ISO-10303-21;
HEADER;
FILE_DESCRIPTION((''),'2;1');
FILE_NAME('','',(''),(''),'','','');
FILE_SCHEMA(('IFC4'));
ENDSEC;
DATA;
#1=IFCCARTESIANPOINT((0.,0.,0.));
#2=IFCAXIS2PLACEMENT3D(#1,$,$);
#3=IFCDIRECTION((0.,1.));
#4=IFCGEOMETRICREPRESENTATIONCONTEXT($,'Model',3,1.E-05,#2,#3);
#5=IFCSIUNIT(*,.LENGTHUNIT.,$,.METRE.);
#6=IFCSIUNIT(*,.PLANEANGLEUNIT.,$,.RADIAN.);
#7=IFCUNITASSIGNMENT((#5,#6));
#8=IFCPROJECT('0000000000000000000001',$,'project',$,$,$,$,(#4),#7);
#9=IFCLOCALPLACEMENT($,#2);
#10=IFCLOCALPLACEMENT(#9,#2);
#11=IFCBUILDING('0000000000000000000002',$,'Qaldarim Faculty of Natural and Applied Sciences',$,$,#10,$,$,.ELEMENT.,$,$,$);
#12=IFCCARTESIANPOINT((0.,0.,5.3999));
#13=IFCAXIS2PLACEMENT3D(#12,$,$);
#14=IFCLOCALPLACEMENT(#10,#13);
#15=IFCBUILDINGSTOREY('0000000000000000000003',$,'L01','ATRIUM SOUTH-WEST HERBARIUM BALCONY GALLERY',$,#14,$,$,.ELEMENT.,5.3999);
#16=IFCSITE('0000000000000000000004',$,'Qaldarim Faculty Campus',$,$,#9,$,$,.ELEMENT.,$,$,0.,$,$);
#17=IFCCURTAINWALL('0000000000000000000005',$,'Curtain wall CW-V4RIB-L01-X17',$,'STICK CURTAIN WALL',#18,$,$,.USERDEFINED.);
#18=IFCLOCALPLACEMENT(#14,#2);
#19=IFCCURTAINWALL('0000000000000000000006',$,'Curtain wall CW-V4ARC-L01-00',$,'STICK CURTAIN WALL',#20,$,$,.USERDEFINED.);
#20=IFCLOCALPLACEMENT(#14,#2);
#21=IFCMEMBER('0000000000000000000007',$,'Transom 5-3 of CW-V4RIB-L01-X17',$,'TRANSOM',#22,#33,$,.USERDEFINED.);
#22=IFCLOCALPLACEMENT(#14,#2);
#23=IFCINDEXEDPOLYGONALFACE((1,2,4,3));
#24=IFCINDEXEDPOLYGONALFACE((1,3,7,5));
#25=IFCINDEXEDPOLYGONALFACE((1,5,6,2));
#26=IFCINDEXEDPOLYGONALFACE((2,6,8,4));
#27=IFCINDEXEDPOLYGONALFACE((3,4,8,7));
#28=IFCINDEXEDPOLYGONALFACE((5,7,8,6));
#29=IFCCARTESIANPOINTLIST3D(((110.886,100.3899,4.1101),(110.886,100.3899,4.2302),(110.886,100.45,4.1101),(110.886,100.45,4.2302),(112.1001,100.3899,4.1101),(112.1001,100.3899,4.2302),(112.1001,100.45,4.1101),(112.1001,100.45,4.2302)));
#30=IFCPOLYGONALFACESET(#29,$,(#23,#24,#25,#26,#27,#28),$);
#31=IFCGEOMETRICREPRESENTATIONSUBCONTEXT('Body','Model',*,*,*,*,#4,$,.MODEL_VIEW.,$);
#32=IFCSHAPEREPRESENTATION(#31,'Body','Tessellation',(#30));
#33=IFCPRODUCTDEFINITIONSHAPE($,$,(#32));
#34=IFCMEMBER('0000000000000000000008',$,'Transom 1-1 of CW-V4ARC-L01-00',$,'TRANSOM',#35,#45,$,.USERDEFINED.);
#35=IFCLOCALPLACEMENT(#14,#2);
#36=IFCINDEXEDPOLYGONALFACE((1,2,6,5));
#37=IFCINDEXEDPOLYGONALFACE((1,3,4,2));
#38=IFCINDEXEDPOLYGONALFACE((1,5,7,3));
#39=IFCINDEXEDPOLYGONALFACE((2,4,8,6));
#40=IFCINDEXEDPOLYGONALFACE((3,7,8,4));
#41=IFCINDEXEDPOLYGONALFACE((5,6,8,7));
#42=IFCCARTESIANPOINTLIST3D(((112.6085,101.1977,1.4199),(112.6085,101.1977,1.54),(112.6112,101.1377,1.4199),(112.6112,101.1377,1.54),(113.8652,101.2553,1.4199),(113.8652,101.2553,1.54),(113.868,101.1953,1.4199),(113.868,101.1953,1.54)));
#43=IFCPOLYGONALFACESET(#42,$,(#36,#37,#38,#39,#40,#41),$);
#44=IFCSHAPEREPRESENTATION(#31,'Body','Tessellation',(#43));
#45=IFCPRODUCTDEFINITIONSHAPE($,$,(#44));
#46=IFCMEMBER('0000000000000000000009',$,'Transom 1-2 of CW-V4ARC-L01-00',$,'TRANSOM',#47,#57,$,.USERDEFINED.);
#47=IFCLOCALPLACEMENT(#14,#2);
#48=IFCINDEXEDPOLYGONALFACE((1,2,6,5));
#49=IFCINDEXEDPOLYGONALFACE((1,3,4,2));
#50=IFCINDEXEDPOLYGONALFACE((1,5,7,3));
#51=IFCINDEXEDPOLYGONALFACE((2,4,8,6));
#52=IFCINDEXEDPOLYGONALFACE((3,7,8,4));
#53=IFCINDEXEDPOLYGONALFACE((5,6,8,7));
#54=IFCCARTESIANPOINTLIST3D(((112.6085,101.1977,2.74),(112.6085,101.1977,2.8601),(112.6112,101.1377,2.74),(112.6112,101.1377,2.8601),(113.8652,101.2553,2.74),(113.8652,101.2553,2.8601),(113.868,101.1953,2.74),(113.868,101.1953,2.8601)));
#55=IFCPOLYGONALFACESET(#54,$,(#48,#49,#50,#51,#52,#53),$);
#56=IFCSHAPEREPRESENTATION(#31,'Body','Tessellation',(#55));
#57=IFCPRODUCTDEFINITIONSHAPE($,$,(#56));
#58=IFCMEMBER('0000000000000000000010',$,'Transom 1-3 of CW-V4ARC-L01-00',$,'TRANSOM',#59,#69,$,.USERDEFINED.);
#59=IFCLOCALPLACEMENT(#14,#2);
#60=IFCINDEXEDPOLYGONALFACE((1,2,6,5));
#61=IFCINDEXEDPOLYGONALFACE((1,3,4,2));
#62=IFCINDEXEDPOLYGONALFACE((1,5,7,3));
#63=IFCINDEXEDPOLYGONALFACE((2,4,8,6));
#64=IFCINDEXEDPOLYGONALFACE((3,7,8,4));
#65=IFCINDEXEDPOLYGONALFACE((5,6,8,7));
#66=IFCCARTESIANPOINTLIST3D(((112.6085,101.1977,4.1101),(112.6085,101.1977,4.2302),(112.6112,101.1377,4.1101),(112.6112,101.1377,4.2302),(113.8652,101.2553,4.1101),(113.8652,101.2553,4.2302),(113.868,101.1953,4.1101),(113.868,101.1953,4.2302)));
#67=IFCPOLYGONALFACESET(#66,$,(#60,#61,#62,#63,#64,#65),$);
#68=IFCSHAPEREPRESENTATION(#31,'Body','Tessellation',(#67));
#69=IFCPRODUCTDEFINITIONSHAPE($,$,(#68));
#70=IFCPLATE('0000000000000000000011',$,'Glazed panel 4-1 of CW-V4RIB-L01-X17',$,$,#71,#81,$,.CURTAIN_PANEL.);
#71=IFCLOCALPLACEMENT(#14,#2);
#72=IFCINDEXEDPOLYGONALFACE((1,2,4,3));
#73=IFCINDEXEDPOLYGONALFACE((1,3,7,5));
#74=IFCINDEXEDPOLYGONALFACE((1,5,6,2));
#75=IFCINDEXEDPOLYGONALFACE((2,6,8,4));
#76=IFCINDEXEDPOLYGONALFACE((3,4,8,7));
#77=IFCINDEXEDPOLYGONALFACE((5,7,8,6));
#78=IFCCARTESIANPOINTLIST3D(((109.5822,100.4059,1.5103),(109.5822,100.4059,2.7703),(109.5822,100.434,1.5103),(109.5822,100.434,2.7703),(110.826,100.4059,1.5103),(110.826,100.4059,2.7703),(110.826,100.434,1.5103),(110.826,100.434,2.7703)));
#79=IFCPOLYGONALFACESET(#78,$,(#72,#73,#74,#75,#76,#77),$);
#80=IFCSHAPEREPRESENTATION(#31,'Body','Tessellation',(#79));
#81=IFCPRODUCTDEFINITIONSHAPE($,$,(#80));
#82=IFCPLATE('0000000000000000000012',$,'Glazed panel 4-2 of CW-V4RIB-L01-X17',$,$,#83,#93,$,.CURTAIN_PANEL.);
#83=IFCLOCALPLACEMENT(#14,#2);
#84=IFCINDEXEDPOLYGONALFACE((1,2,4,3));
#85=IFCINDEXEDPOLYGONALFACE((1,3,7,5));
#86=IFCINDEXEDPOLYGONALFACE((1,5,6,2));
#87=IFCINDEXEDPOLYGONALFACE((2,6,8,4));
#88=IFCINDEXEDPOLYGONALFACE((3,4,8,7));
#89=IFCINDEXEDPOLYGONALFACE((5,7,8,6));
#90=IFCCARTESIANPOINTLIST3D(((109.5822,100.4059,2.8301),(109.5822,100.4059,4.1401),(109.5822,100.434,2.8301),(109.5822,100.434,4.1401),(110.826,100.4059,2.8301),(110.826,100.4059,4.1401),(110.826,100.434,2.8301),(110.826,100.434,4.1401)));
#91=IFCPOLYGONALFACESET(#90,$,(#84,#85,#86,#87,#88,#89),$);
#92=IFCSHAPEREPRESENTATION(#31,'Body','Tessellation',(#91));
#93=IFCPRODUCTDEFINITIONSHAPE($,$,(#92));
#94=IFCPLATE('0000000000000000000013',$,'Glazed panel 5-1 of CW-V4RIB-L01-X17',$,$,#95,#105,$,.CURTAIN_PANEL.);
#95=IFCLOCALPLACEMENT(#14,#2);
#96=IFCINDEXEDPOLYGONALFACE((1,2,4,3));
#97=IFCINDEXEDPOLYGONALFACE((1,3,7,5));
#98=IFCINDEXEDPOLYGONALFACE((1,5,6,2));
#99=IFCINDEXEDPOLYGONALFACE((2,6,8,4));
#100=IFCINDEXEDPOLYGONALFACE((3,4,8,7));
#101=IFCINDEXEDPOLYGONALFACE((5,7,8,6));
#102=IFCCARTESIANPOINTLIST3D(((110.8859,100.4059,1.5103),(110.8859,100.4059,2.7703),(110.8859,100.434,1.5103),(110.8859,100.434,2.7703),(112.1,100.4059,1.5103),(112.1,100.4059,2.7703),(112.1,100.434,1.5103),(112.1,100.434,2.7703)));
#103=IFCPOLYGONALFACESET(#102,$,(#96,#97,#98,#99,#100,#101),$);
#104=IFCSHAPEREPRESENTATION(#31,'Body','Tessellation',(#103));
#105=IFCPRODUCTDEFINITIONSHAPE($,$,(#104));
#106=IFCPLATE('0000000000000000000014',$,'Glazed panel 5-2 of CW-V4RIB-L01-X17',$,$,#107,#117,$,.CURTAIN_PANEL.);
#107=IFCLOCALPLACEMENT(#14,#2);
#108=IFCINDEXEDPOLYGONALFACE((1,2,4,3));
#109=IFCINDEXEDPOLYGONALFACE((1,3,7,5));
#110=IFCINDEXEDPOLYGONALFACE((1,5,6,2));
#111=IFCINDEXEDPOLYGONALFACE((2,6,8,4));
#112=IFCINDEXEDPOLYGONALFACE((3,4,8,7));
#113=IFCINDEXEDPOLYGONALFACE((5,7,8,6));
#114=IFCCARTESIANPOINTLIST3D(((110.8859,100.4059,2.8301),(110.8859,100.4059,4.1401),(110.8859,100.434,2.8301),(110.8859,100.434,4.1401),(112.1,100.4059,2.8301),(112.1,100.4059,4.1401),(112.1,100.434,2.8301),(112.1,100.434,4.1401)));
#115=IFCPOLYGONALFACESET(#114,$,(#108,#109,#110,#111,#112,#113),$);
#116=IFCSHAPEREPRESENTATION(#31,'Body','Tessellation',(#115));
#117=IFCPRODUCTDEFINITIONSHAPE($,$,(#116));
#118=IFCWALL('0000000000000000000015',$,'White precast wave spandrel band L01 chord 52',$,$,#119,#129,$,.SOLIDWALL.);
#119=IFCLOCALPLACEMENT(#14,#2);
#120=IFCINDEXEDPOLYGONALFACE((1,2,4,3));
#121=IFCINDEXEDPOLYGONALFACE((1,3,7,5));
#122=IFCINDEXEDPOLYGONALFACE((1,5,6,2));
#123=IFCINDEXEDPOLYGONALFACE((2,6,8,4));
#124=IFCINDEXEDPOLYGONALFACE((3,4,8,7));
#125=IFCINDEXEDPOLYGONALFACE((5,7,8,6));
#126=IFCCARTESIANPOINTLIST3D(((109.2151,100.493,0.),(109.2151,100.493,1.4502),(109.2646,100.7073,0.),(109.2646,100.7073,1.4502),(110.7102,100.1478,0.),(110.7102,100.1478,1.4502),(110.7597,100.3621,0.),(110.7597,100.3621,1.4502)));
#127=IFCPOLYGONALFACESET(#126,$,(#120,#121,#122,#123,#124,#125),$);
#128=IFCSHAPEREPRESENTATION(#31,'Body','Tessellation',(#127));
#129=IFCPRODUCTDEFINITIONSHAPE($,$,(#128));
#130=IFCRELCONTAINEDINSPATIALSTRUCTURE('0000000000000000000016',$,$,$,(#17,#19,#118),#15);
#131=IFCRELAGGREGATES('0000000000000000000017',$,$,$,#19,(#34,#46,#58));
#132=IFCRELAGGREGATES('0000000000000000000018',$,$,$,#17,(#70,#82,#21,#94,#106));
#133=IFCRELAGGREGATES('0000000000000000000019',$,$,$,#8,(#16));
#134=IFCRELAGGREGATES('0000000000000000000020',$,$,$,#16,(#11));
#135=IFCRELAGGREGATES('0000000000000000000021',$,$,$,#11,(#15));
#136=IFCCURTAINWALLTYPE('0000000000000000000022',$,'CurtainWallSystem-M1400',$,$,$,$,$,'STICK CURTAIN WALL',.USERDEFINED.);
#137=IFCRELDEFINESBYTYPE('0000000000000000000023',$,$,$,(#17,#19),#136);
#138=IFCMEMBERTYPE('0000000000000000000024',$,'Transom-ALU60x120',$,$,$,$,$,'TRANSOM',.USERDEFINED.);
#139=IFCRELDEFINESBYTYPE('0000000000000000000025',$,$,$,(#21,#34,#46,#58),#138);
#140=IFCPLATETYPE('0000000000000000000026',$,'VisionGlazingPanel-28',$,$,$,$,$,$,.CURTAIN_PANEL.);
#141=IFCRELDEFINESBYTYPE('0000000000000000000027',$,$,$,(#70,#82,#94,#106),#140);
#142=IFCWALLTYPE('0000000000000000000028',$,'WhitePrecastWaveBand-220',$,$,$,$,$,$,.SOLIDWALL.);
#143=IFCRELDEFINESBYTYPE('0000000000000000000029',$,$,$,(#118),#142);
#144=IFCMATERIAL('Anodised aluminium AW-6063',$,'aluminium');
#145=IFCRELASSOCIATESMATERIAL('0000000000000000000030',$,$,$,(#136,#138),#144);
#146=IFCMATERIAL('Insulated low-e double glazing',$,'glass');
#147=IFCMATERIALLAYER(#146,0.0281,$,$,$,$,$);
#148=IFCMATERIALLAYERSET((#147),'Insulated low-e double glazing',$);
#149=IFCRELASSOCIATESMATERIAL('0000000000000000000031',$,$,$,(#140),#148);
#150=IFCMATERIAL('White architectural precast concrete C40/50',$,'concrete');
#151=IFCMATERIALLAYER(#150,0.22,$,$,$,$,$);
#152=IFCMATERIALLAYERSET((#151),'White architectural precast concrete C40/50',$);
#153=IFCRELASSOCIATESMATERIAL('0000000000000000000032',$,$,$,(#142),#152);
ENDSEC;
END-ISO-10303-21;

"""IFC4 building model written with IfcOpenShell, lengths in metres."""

from ifc_helpers import new_model, si_unit, direction, frame, frame_2d, origin, origin_2d, place, context, subcontext, project, spatial, rectangle, extrude, material, layer, layer_set, material_profile, profile_set, type_object, element, aggregate, save


model = new_model("IFC4")

# Units and contexts
model_context = context("Model", 3, precision=1e-05, world=origin(), true_north=direction((0.0, 1.0)))
body_context = subcontext(model_context, "Body", "Model", "MODEL_VIEW")
ifc_project = project(units=[si_unit("LENGTHUNIT", "METRE"), si_unit("PLANEANGLEUNIT", "RADIAN")], contexts=[model_context])

# Site, building, storey
site_placement = place(None, origin())
site = spatial("IfcSite", under=ifc_project, at=site_placement, Name="Qaldarim Faculty Campus", CompositionType="ELEMENT", RefElevation=0.0)
building_placement = place(site_placement, origin())
building = spatial("IfcBuilding", under=site, at=building_placement, Name="Qaldarim Faculty of Natural and Applied Sciences", CompositionType="ELEMENT")
storey_placement = place(building_placement, frame((0.0, 0.0, 5.3999)))
storey = spatial("IfcBuildingStorey", under=building, at=storey_placement, Name="L01", Description="ATRIUM SOUTH-WEST HERBARIUM BALCONY GALLERY", CompositionType="ELEMENT", Elevation=5.3999)

# Curtain wall
ifc_material_1 = material(Name="Anodised aluminium AW-6063", Category="aluminium")
curtain_wall_type = type_object("IfcCurtainWallType", Name="CurtainWallSystem-M1400", ElementType="STICK CURTAIN WALL", PredefinedType="USERDEFINED", material=ifc_material_1)
curtain_wall_1_placement = place(storey_placement, origin())
curtain_wall_1 = element("IfcCurtainWall", 1, at=curtain_wall_1_placement, inside=storey, type_object=curtain_wall_type, Name="Curtain wall CW-V4RIB-L01-X17", ObjectType="STICK CURTAIN WALL", PredefinedType="USERDEFINED")

# Curtain wall
curtain_wall_2_placement = place(storey_placement, origin())
curtain_wall_2 = element("IfcCurtainWall", 2, at=curtain_wall_2_placement, inside=storey, type_object=curtain_wall_type, Name="Curtain wall CW-V4ARC-L01-00", ObjectType="STICK CURTAIN WALL", PredefinedType="USERDEFINED")

# Members
ifc_material_profile_1 = material_profile(ifc_material_1, rectangle(XDim=0.0601, YDim=0.1201, at=origin_2d()), Name="ALU-T60x120")
ifc_profile_set_1 = profile_set([ifc_material_profile_1], Name="Anodised aluminium AW-6063")
member_type_1 = type_object("IfcMemberType", Name="Transom-ALU60x120", ElementType="TRANSOM", PredefinedType="USERDEFINED", material=ifc_profile_set_1)
member_1_placement = place(storey_placement, frame((110.886, 100.4199, 4.1702), z_axis=(1.0, 0.0, 0.0), x_axis=(0.0, 1.0, 0.0)))
member_1 = element("IfcMember", 3, at=member_1_placement, type_object=member_type_1, Name="Transom 5-3 of CW-V4RIB-L01-X17", ObjectType="TRANSOM", PredefinedType="USERDEFINED", context=body_context, shape_type="SweptSolid", body=[
    extrude(rectangle(XDim=0.0601, YDim=0.1201, at=origin_2d()), origin(), (0.0, 0.0, 1.0), 1.2141),
])
member_2_placement = place(storey_placement, frame((112.6099, 101.1677, 1.48), z_axis=(0.998951, 0.045795, 0.0), x_axis=(-0.045795, 0.998951, 0.0)))
member_2 = element("IfcMember", 4, at=member_2_placement, type_object=member_type_1, Name="Transom 1-1 of CW-V4ARC-L01-00", ObjectType="TRANSOM", PredefinedType="USERDEFINED", context=body_context, shape_type="SweptSolid", body=[
    extrude(rectangle(XDim=0.0601, YDim=0.1201, at=origin_2d()), origin(), (0.0, 0.0, 1.0), 1.2581),
])
member_3_placement = place(storey_placement, frame((112.6099, 101.1677, 2.8), z_axis=(0.998951, 0.045795, 0.0), x_axis=(-0.045795, 0.998951, 0.0)))
member_3 = element("IfcMember", 5, at=member_3_placement, type_object=member_type_1, Name="Transom 1-2 of CW-V4ARC-L01-00", ObjectType="TRANSOM", PredefinedType="USERDEFINED", context=body_context, shape_type="SweptSolid", body=[
    extrude(rectangle(XDim=0.0601, YDim=0.1201, at=origin_2d()), origin(), (0.0, 0.0, 1.0), 1.2581),
])
member_4_placement = place(storey_placement, frame((112.6099, 101.1677, 4.1702), z_axis=(0.998951, 0.045795, 0.0), x_axis=(-0.045795, 0.998951, 0.0)))
member_4 = element("IfcMember", 6, at=member_4_placement, type_object=member_type_1, Name="Transom 1-3 of CW-V4ARC-L01-00", ObjectType="TRANSOM", PredefinedType="USERDEFINED", context=body_context, shape_type="SweptSolid", body=[
    extrude(rectangle(XDim=0.0601, YDim=0.1201, at=origin_2d()), origin(), (0.0, 0.0, 1.0), 1.2581),
])
aggregate(curtain_wall_2, [member_2, member_3, member_4])

# Plates
ifc_material_2 = material(Name="Insulated low-e double glazing", Category="glass")
ifc_layer_1 = layer(ifc_material_2, 0.0281)
ifc_layer_set_1 = layer_set([ifc_layer_1], Name="Insulated low-e double glazing")
plate_type = type_object("IfcPlateType", Name="VisionGlazingPanel-28", PredefinedType="CURTAIN_PANEL", material=ifc_layer_set_1)
plate_1_placement = place(storey_placement, frame((110.2041, 100.4199, 1.5103), z_axis=(0.0, 0.0, 1.0), x_axis=(1.0, 0.0, 0.0)))
plate_1 = element("IfcPlate", 7, at=plate_1_placement, type_object=plate_type, Name="Glazed panel 4-1 of CW-V4RIB-L01-X17", PredefinedType="CURTAIN_PANEL", context=body_context, shape_type="SweptSolid", body=[
    extrude(rectangle(XDim=1.2439, YDim=0.0281, at=origin_2d()), origin(), (0.0, 0.0, 1.0), 1.26),
])
plate_2_placement = place(storey_placement, frame((110.2041, 100.4199, 2.8301), z_axis=(0.0, 0.0, 1.0), x_axis=(1.0, 0.0, 0.0)))
plate_2 = element("IfcPlate", 8, at=plate_2_placement, type_object=plate_type, Name="Glazed panel 4-2 of CW-V4RIB-L01-X17", PredefinedType="CURTAIN_PANEL", context=body_context, shape_type="SweptSolid", body=[
    extrude(rectangle(XDim=1.2439, YDim=0.0281, at=origin_2d()), origin(), (0.0, 0.0, 1.0), 1.3101),
])
plate_3_placement = place(storey_placement, frame((111.4929, 100.4199, 1.5103), z_axis=(0.0, 0.0, 1.0), x_axis=(1.0, 0.0, 0.0)))
plate_3 = element("IfcPlate", 9, at=plate_3_placement, type_object=plate_type, Name="Glazed panel 5-1 of CW-V4RIB-L01-X17", PredefinedType="CURTAIN_PANEL", context=body_context, shape_type="SweptSolid", body=[
    extrude(rectangle(XDim=1.2141, YDim=0.0281, at=origin_2d()), origin(), (0.0, 0.0, 1.0), 1.26),
])
plate_4_placement = place(storey_placement, frame((111.4929, 100.4199, 2.8301), z_axis=(0.0, 0.0, 1.0), x_axis=(1.0, 0.0, 0.0)))
plate_4 = element("IfcPlate", 10, at=plate_4_placement, type_object=plate_type, Name="Glazed panel 5-2 of CW-V4RIB-L01-X17", PredefinedType="CURTAIN_PANEL", context=body_context, shape_type="SweptSolid", body=[
    extrude(rectangle(XDim=1.2141, YDim=0.0281, at=origin_2d()), origin(), (0.0, 0.0, 1.0), 1.3101),
])
aggregate(curtain_wall_1, [plate_1, plate_2, member_1, plate_3, plate_4])

# Wall
ifc_material_3 = material(Name="White architectural precast concrete C40/50", Category="concrete")
ifc_layer_2 = layer(ifc_material_3, 0.22)
ifc_layer_set_2 = layer_set([ifc_layer_2], Name="White architectural precast concrete C40/50")
wall_type = type_object("IfcWallType", Name="WhitePrecastWaveBand-220", PredefinedType="SOLIDWALL", material=ifc_layer_set_2)
wall_placement = place(storey_placement, frame((109.24, 100.6001, 0.0), z_axis=(0.0, 0.0, 1.0), x_axis=(0.974364, -0.224976, 0.0)))
element("IfcWall", 11, at=wall_placement, inside=storey, type_object=wall_type, Name="White precast wave spandrel band L01 chord 52", PredefinedType="SOLIDWALL", context=body_context, shape_type="SweptSolid", body=[
    extrude(rectangle(XDim=1.5344, YDim=0.22, at=frame_2d((0.7671, 0.0))), origin(), (0.0, 0.0, 1.0), 1.4502),
])

save(model, "model.ifc")
